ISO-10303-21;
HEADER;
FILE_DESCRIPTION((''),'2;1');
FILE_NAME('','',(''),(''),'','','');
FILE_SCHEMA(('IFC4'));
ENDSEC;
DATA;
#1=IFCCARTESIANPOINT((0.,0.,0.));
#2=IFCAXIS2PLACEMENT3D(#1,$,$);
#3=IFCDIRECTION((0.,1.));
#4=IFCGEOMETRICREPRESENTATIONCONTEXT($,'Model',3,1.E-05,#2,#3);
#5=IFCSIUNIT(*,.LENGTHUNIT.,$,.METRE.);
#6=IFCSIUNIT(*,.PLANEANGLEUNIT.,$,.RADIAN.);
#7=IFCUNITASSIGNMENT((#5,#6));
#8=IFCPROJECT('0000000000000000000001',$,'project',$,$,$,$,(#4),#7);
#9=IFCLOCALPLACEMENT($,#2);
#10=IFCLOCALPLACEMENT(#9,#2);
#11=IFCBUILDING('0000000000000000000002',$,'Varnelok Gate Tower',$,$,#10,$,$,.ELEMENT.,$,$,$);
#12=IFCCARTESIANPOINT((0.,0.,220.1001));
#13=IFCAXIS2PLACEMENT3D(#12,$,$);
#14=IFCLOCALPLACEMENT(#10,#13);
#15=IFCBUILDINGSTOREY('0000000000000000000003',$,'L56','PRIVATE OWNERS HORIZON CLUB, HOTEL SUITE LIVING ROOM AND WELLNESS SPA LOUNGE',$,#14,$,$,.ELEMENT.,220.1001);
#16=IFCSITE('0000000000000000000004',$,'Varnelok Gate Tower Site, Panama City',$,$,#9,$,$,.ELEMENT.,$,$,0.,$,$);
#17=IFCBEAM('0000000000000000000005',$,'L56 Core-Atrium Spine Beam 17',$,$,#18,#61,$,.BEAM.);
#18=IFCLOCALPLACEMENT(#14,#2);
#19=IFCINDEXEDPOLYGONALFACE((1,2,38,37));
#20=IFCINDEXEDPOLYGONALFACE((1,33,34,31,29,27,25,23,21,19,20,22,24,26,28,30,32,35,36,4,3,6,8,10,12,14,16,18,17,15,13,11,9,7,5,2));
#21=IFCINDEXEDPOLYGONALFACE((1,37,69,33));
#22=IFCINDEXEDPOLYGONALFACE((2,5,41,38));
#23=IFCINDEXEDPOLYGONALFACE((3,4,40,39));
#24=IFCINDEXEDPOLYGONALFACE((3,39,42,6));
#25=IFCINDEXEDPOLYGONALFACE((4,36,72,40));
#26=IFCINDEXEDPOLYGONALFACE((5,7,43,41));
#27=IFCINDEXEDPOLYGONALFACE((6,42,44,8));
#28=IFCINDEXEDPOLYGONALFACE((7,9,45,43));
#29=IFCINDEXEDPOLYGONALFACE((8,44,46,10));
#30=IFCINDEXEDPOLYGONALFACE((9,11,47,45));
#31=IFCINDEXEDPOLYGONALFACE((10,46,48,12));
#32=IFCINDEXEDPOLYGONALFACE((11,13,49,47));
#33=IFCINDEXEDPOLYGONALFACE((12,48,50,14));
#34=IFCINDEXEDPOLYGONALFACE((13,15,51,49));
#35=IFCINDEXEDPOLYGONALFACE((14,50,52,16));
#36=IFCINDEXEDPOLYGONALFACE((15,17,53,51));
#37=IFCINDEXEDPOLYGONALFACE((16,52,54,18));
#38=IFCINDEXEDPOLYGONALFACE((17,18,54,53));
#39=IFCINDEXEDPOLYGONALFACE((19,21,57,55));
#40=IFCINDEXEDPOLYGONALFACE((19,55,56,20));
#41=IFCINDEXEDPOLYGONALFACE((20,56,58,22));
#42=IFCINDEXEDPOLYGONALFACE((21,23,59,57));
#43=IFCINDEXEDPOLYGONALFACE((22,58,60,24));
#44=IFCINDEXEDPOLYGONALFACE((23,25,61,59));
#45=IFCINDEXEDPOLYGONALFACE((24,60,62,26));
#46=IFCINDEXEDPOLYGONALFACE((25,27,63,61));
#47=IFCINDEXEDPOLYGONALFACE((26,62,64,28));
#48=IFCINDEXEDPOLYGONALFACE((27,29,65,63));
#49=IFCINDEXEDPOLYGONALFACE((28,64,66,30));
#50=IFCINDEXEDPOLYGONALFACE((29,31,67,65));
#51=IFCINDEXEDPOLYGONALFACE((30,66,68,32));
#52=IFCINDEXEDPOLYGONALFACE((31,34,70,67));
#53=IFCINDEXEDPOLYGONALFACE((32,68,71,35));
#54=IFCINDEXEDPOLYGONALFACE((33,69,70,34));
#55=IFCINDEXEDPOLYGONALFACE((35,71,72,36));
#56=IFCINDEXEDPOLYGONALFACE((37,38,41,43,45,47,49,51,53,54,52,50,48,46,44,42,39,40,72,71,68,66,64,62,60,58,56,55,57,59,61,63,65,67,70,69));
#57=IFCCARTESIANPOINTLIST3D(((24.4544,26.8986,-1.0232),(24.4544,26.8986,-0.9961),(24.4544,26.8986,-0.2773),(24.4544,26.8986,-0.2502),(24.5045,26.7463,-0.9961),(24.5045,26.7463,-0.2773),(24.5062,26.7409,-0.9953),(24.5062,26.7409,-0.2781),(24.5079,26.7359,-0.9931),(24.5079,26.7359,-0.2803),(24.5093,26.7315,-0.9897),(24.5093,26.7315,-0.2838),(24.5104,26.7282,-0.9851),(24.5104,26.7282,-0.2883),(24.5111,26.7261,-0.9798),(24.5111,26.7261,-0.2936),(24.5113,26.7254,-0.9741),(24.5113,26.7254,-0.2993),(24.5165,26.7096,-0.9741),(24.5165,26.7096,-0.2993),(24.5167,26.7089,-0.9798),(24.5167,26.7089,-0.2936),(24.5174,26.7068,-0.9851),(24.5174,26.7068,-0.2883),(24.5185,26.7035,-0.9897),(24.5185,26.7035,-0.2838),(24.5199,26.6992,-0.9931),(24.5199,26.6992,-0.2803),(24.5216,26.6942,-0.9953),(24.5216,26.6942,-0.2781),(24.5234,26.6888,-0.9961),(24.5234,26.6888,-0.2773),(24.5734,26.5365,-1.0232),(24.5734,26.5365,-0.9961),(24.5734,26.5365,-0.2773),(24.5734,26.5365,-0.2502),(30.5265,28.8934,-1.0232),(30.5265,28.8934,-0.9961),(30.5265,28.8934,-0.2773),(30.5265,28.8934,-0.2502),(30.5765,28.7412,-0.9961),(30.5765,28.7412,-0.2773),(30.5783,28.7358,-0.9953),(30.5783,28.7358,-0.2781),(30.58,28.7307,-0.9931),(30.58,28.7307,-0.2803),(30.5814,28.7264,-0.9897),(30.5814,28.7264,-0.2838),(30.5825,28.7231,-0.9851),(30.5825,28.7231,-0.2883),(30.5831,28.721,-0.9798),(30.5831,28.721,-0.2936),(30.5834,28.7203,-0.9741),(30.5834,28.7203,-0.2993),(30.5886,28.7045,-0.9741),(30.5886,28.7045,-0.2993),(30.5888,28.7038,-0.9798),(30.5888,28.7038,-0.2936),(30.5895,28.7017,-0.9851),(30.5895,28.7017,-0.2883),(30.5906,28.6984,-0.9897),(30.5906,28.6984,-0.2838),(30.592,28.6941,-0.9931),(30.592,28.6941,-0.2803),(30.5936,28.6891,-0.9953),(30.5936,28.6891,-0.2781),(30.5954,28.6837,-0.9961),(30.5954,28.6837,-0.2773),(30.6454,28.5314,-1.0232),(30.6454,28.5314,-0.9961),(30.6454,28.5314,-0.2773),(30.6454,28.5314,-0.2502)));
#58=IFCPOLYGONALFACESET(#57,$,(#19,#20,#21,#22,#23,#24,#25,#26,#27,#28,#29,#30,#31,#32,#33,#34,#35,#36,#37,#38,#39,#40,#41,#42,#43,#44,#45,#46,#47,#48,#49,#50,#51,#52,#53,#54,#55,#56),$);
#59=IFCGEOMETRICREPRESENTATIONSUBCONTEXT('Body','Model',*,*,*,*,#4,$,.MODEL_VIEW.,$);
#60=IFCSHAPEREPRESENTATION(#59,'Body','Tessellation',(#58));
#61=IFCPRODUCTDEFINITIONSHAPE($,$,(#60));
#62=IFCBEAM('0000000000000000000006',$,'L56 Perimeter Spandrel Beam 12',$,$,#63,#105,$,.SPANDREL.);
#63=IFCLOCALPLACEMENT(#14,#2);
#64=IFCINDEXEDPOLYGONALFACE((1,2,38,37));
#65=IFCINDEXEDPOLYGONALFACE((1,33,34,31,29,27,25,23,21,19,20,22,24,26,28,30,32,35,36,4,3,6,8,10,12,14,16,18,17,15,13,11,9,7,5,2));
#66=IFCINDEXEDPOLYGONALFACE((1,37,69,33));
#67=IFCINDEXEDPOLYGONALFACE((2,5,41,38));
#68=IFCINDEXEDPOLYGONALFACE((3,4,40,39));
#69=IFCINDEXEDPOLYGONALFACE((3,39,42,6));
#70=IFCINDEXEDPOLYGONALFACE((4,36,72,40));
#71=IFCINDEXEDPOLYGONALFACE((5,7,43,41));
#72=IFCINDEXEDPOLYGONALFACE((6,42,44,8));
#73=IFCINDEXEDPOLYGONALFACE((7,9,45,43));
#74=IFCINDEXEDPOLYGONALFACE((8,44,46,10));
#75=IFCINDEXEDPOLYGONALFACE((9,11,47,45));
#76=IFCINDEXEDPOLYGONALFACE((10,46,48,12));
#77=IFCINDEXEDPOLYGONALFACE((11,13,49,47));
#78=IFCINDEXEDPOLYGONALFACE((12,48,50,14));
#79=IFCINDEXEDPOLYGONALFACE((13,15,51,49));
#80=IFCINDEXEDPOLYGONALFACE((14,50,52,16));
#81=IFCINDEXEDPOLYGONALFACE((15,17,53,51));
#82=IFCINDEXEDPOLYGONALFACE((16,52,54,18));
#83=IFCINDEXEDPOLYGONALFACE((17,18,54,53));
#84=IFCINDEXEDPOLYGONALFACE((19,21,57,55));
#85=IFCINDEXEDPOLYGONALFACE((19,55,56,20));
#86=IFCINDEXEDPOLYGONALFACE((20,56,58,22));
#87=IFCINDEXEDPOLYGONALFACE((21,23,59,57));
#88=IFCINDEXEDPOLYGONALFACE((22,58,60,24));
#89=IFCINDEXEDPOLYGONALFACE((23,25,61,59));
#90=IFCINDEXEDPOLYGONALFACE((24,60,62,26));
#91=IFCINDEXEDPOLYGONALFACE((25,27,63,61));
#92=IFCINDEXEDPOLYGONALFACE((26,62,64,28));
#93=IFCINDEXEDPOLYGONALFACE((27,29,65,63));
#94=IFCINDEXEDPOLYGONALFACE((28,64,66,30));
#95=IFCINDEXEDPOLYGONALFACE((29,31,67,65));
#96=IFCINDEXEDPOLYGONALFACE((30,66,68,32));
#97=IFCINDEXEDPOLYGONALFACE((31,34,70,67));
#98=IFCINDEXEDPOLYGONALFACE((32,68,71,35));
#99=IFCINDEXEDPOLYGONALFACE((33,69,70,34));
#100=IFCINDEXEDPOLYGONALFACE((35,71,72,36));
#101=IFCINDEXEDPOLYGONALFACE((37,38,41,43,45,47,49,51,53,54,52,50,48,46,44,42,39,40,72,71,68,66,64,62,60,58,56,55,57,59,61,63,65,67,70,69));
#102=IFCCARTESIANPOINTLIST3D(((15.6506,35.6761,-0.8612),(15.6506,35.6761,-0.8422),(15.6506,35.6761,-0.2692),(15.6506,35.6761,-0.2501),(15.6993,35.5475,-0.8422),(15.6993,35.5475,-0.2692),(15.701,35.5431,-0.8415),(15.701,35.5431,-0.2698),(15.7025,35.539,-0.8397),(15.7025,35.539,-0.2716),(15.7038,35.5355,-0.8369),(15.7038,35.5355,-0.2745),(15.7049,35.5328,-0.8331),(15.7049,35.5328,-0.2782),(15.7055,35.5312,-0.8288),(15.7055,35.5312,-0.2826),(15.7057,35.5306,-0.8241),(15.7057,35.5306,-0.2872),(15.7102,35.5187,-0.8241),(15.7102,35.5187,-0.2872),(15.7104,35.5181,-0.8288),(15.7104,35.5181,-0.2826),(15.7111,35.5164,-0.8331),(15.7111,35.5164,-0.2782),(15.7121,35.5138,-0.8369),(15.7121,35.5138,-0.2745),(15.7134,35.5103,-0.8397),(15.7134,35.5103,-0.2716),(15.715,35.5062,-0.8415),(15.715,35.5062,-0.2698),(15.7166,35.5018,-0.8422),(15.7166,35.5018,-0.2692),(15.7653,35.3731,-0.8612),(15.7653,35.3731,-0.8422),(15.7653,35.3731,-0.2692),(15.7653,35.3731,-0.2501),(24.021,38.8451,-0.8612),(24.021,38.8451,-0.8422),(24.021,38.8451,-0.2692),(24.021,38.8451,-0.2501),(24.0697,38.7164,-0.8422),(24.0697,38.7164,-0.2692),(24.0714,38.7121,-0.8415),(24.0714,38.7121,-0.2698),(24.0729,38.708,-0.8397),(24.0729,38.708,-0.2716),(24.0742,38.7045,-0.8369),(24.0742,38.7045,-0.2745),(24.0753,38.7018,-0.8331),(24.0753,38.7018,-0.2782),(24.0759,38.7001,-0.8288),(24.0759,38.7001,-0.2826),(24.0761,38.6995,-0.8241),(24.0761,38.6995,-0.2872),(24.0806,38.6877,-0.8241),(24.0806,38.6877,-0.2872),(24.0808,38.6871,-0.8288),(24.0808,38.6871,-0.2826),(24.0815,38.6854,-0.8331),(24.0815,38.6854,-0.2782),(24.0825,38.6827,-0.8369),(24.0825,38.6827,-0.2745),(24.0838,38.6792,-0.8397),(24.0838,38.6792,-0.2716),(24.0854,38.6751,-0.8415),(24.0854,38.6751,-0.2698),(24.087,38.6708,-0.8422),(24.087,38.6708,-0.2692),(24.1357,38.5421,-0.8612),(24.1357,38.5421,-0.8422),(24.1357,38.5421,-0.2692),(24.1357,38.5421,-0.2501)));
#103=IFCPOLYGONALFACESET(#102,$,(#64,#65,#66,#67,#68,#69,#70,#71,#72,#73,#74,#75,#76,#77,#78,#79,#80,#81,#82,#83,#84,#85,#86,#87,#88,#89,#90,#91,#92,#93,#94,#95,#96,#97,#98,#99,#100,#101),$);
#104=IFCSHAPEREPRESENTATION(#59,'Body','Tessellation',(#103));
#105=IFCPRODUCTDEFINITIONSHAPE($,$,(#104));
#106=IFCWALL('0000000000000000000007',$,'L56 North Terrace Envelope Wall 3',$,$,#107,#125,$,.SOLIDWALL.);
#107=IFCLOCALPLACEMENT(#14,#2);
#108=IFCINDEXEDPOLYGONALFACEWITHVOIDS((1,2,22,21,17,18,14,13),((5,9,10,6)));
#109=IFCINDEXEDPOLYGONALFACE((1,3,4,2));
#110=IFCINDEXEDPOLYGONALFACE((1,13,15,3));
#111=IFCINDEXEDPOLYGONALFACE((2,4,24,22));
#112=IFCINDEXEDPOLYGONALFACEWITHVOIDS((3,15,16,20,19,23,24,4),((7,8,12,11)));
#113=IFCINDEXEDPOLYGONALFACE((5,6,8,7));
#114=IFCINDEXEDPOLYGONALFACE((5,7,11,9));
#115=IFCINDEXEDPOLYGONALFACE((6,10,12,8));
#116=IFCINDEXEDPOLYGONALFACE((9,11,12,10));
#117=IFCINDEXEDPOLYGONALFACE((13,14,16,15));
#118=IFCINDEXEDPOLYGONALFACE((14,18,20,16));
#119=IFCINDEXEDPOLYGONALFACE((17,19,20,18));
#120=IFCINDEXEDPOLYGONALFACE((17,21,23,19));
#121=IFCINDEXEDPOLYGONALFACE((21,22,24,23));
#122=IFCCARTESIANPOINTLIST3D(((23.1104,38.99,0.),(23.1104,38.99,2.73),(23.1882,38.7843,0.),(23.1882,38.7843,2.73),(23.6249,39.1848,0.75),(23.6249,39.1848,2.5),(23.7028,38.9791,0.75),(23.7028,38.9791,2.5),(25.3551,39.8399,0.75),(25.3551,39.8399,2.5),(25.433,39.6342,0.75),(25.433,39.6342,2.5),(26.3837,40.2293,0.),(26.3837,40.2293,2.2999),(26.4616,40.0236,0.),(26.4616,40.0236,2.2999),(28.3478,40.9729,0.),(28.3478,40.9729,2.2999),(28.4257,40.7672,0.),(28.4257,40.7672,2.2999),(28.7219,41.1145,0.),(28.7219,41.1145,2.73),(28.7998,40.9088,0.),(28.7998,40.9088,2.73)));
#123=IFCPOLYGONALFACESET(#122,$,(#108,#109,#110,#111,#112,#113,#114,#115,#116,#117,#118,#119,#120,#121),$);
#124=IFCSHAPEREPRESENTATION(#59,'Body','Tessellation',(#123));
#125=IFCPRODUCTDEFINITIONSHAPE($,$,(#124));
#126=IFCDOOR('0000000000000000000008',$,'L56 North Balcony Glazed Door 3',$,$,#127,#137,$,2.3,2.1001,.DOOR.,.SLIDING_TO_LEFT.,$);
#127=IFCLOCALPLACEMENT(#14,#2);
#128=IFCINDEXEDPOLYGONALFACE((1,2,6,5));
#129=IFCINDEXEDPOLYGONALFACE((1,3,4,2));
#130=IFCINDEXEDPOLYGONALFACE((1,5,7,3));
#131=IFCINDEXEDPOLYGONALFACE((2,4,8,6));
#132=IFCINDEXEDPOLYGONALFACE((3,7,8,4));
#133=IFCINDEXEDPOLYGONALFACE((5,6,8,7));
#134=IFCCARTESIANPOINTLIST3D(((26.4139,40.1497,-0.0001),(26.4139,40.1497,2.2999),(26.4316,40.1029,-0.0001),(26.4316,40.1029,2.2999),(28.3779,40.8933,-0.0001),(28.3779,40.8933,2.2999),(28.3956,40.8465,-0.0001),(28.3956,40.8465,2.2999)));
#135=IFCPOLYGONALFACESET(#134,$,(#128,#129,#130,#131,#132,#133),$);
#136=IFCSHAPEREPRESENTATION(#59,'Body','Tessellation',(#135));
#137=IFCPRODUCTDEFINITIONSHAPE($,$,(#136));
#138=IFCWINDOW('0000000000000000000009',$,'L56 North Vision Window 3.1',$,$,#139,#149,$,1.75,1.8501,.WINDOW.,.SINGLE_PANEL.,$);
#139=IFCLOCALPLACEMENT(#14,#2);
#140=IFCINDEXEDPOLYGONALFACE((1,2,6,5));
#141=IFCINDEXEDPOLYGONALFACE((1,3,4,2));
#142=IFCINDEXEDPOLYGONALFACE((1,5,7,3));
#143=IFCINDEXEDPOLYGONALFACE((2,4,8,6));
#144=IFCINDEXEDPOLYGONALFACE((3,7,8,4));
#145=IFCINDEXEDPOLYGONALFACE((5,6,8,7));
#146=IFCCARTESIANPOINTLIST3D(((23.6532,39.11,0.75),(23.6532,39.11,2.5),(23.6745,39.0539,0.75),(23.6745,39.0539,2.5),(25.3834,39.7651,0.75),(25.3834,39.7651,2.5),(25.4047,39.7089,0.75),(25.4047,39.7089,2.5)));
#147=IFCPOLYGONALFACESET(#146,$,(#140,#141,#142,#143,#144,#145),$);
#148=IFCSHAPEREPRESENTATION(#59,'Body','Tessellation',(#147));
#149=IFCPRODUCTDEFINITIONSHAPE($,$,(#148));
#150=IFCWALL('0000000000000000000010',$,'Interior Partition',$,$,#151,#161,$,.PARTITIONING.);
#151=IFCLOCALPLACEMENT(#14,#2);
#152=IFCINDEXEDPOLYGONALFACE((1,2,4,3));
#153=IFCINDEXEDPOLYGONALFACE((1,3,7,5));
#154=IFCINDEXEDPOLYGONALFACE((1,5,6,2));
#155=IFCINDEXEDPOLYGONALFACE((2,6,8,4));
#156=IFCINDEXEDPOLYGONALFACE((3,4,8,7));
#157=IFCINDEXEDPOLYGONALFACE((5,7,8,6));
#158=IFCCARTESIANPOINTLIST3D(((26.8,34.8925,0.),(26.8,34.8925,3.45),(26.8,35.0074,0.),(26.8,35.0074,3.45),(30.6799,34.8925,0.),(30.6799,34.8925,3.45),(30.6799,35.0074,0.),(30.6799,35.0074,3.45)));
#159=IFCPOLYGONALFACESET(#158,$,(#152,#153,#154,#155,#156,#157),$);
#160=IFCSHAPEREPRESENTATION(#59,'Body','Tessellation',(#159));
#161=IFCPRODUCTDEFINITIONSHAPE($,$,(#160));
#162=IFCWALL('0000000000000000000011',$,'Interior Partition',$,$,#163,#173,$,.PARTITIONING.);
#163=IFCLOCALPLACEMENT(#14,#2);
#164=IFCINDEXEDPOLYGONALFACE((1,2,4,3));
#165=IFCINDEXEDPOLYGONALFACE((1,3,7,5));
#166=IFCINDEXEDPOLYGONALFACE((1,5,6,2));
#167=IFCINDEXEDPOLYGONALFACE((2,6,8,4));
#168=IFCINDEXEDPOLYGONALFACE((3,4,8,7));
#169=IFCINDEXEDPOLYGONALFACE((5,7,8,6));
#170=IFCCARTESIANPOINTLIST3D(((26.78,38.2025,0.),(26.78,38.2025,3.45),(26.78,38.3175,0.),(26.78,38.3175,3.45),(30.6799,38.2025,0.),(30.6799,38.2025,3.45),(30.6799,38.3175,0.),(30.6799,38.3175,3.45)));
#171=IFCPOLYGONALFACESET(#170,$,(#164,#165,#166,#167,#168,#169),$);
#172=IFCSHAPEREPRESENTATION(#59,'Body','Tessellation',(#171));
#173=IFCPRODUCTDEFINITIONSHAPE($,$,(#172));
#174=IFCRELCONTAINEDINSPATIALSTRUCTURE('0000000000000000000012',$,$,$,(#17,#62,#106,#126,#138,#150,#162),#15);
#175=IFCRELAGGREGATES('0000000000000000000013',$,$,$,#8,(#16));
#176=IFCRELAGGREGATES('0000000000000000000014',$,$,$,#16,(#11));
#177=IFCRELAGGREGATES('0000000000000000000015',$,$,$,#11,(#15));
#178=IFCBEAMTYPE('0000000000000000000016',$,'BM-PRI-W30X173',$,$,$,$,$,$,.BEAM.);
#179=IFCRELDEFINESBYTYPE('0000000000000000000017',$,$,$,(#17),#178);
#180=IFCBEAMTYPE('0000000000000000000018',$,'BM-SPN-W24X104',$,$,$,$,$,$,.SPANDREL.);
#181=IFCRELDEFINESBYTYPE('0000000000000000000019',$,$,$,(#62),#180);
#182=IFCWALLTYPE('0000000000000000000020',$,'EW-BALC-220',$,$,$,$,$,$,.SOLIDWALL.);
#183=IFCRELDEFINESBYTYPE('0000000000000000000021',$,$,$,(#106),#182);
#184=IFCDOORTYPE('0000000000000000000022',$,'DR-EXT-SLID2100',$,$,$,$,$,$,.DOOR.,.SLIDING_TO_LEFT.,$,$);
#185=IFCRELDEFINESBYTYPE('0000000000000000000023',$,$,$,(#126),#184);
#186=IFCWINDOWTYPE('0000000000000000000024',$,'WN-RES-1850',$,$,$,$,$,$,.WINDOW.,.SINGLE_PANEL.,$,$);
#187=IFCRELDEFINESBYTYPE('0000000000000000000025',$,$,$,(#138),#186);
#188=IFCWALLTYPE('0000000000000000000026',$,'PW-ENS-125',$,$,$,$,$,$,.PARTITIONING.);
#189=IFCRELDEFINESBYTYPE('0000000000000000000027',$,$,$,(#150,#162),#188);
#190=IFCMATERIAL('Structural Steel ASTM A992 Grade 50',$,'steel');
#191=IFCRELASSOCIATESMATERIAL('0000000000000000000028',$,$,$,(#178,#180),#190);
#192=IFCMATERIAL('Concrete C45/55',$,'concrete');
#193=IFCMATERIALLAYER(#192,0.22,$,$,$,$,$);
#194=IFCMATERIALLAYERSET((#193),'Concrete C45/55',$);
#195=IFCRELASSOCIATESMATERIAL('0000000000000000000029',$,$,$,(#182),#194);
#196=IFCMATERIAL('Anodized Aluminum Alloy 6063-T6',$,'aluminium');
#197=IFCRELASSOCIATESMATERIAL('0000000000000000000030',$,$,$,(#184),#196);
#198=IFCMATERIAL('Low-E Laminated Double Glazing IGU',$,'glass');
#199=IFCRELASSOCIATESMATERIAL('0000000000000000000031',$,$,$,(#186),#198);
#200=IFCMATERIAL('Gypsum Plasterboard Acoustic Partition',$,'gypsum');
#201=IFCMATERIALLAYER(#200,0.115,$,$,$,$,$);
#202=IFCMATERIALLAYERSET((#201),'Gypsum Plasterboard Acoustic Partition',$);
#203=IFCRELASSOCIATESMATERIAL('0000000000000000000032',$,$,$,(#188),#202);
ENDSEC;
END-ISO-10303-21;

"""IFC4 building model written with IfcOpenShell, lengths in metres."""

from ifc_helpers import new_model, si_unit, direction, frame, frame_2d, origin, origin_2d, place, context, subcontext, project, spatial, rectangle, i_section, extrude, material, layer, layer_set, material_profile, profile_set, type_object, element, fill, save


model = new_model("IFC4")

# Units and contexts
model_context = context("Model", 3, precision=1e-05, world=origin(), true_north=direction((0.0, 1.0)))
body_context = subcontext(model_context, "Body", "Model", "MODEL_VIEW")
ifc_project = project(units=[si_unit("LENGTHUNIT", "METRE"), si_unit("PLANEANGLEUNIT", "RADIAN")], contexts=[model_context])

# Site, building, storey
site_placement = place(None, origin())
site = spatial("IfcSite", under=ifc_project, at=site_placement, Name="Varnelok Gate Tower Site, Panama City", CompositionType="ELEMENT", RefElevation=0.0)
building_placement = place(site_placement, origin())
building = spatial("IfcBuilding", under=site, at=building_placement, Name="Varnelok Gate Tower", CompositionType="ELEMENT")
storey_placement = place(building_placement, frame((0.0, 0.0, 220.1001)))
storey = spatial("IfcBuildingStorey", under=building, at=storey_placement, Name="L56", Description="PRIVATE OWNERS HORIZON CLUB, HOTEL SUITE LIVING ROOM AND WELLNESS SPA LOUNGE", CompositionType="ELEMENT", Elevation=220.1001)

# Shared definitions
ifc_material_1 = material(Name="Structural Steel ASTM A992 Grade 50", Category="steel")

# Beams
ifc_material_profile_1 = material_profile(ifc_material_1, i_section(OverallWidth=0.3811, OverallDepth=0.7729, WebThickness=0.0166, FlangeThickness=0.0271, FilletRadius=0.022, at=origin_2d()), Name="W30X173")
ifc_profile_set_1 = profile_set([ifc_material_profile_1], Name="Structural Steel ASTM A992 Grade 50")
beam_type_1 = type_object("IfcBeamType", Name="BM-PRI-W30X173", PredefinedType="BEAM", material=ifc_profile_set_1)
beam_1_placement = place(storey_placement, frame((24.5139, 26.7175, -0.6367), z_axis=(0.950042, 0.312122, 0.0), x_axis=(-0.312122, 0.950042, 0.0)))
element("IfcBeam", 1, at=beam_1_placement, inside=storey, type_object=beam_type_1, Name="L56 Core-Atrium Spine Beam 17", PredefinedType="BEAM", context=body_context, shape_type="SweptSolid", body=[
    extrude(i_section(OverallWidth=0.3811, OverallDepth=0.7729, WebThickness=0.0166, FlangeThickness=0.0271, FilletRadius=0.022, at=origin_2d()), origin(), (0.0, 0.0, 1.0), 6.3914),
])
ifc_material_profile_2 = material_profile(ifc_material_1, i_section(OverallWidth=0.324, OverallDepth=0.6111, WebThickness=0.0127, FlangeThickness=0.019, FilletRadius=0.0181, at=origin_2d()), Name="W24X104")
ifc_profile_set_2 = profile_set([ifc_material_profile_2], Name="Structural Steel ASTM A992 Grade 50")
beam_type_2 = type_object("IfcBeamType", Name="BM-SPN-W24X104", PredefinedType="SPANDREL", material=ifc_profile_set_2)
beam_2_placement = place(storey_placement, frame((24.0784, 38.6936, -0.5557), z_axis=(-0.93522, -0.354066, 0.0), x_axis=(0.354066, -0.93522, 0.0)))
element("IfcBeam", 2, at=beam_2_placement, inside=storey, type_object=beam_type_2, Name="L56 Perimeter Spandrel Beam 12", PredefinedType="SPANDREL", context=body_context, shape_type="SweptSolid", body=[
    extrude(i_section(OverallWidth=0.324, OverallDepth=0.6111, WebThickness=0.0127, FlangeThickness=0.019, FilletRadius=0.0181, at=origin_2d()), origin(), (0.0, 0.0, 1.0), 8.9502),
])

# Wall, openings, door, window
ifc_material_2 = material(Name="Concrete C45/55", Category="concrete")
ifc_layer_1 = layer(ifc_material_2, 0.22)
ifc_layer_set_1 = layer_set([ifc_layer_1], Name="Concrete C45/55")
wall_type_1 = type_object("IfcWallType", Name="EW-BALC-220", PredefinedType="SOLIDWALL", material=ifc_layer_set_1)
wall_1_placement = place(storey_placement, frame((23.1494, 38.8872, 0.0), z_axis=(0.0, 0.0, 1.0), x_axis=(0.935219, 0.354069, 0.0)))
wall_1 = element("IfcWall", 3, at=wall_1_placement, inside=storey, type_object=wall_type_1, Name="L56 North Terrace Envelope Wall 3", PredefinedType="SOLIDWALL", context=body_context, shape_type="SweptSolid", body=[
    extrude(rectangle(XDim=6.0002, YDim=0.22, at=frame_2d((3.0, 0.0))), origin(), (0.0, 0.0, 1.0), 2.73),
])
opening_1_placement = place(wall_1_placement, frame((3.5, 0.0, 0.0)))
opening_1 = element("IfcOpeningElement", 4, at=opening_1_placement, cuts=wall_1, PredefinedType="OPENING", context=body_context, shape_type="SweptSolid", body=[
    extrude(rectangle(XDim=2.1001, YDim=2.3, at=frame_2d((1.05, 1.1499))), frame((0.0, 0.1199, 0.0), z_axis=(0.0, -1.0, 0.0), x_axis=(1.0, 0.0, 0.0)), (0.0, 0.0, 1.0), 0.24),
])
opening_2_placement = place(wall_1_placement, frame((0.55, 0.0, 0.75)))
opening_2 = element("IfcOpeningElement", 5, at=opening_2_placement, cuts=wall_1, PredefinedType="OPENING", context=body_context, shape_type="SweptSolid", body=[
    extrude(rectangle(XDim=1.8501, YDim=1.75, at=frame_2d((0.925, 0.875))), frame((0.0, 0.1199, 0.0), z_axis=(0.0, -1.0, 0.0), x_axis=(1.0, 0.0, 0.0)), (0.0, 0.0, 1.0), 0.24),
])
ifc_material_3 = material(Name="Anodized Aluminum Alloy 6063-T6", Category="aluminium")
door_type_1 = type_object("IfcDoorType", Name="DR-EXT-SLID2100", OperationType="SLIDING_TO_LEFT", PredefinedType="DOOR", material=ifc_material_3)
door_1_placement = place(opening_1_placement, origin())
door_1 = element("IfcDoor", 6, at=door_1_placement, inside=storey, type_object=door_type_1, Name="L56 North Balcony Glazed Door 3", OperationType="SLIDING_TO_LEFT", OverallHeight=2.3, OverallWidth=2.1001, PredefinedType="DOOR", context=body_context, shape_type="SweptSolid", body=[
    extrude(rectangle(XDim=2.1001, YDim=2.3, at=frame_2d((1.05, 1.1499))), frame((0.0, 0.0249, 0.0), z_axis=(0.0, -1.0, 0.0), x_axis=(1.0, 0.0, 0.0)), (0.0, 0.0, 1.0), 0.05),
])
fill(opening_1, door_1)
ifc_material_4 = material(Name="Low-E Laminated Double Glazing IGU", Category="glass")
window_type = type_object("IfcWindowType", Name="WN-RES-1850", PartitioningType="SINGLE_PANEL", PredefinedType="WINDOW", material=ifc_material_4)
window_placement = place(opening_2_placement, origin())
window = element("IfcWindow", 7, at=window_placement, inside=storey, type_object=window_type, Name="L56 North Vision Window 3.1", OverallHeight=1.75, OverallWidth=1.8501, PartitioningType="SINGLE_PANEL", PredefinedType="WINDOW", context=body_context, shape_type="SweptSolid", body=[
    extrude(rectangle(XDim=1.8501, YDim=1.75, at=frame_2d((0.925, 0.875))), frame((0.0, 0.03, 0.0), z_axis=(0.0, -1.0, 0.0), x_axis=(1.0, 0.0, 0.0)), (0.0, 0.0, 1.0), 0.0601),
])
fill(opening_2, window)

# Walls
ifc_material_5 = material(Name="Gypsum Plasterboard Acoustic Partition", Category="gypsum")
ifc_layer_2 = layer(ifc_material_5, 0.115)
ifc_layer_set_2 = layer_set([ifc_layer_2], Name="Gypsum Plasterboard Acoustic Partition")
wall_type_2 = type_object("IfcWallType", Name="PW-ENS-125", PredefinedType="PARTITIONING", material=ifc_layer_set_2)
wall_2_placement = place(storey_placement, frame((26.8, 34.95, 0.0), z_axis=(0.0, 0.0, 1.0), x_axis=(1.0, 0.0, 0.0)))
element("IfcWall", 8, at=wall_2_placement, inside=storey, type_object=wall_type_2, Name="Interior Partition", PredefinedType="PARTITIONING", context=body_context, shape_type="SweptSolid", body=[
    extrude(rectangle(XDim=3.8799, YDim=0.115, at=frame_2d((1.9399, 0.0))), origin(), (0.0, 0.0, 1.0), 3.45),
])
wall_3_placement = place(storey_placement, frame((26.78, 38.26, 0.0), z_axis=(0.0, 0.0, 1.0), x_axis=(1.0, 0.0, 0.0)))
element("IfcWall", 9, at=wall_3_placement, inside=storey, type_object=wall_type_2, Name="Interior Partition", PredefinedType="PARTITIONING", context=body_context, shape_type="SweptSolid", body=[
    extrude(rectangle(XDim=3.8999, YDim=0.115, at=frame_2d((1.95, 0.0))), origin(), (0.0, 0.0, 1.0), 3.45),
])

save(model, "model.ifc")
